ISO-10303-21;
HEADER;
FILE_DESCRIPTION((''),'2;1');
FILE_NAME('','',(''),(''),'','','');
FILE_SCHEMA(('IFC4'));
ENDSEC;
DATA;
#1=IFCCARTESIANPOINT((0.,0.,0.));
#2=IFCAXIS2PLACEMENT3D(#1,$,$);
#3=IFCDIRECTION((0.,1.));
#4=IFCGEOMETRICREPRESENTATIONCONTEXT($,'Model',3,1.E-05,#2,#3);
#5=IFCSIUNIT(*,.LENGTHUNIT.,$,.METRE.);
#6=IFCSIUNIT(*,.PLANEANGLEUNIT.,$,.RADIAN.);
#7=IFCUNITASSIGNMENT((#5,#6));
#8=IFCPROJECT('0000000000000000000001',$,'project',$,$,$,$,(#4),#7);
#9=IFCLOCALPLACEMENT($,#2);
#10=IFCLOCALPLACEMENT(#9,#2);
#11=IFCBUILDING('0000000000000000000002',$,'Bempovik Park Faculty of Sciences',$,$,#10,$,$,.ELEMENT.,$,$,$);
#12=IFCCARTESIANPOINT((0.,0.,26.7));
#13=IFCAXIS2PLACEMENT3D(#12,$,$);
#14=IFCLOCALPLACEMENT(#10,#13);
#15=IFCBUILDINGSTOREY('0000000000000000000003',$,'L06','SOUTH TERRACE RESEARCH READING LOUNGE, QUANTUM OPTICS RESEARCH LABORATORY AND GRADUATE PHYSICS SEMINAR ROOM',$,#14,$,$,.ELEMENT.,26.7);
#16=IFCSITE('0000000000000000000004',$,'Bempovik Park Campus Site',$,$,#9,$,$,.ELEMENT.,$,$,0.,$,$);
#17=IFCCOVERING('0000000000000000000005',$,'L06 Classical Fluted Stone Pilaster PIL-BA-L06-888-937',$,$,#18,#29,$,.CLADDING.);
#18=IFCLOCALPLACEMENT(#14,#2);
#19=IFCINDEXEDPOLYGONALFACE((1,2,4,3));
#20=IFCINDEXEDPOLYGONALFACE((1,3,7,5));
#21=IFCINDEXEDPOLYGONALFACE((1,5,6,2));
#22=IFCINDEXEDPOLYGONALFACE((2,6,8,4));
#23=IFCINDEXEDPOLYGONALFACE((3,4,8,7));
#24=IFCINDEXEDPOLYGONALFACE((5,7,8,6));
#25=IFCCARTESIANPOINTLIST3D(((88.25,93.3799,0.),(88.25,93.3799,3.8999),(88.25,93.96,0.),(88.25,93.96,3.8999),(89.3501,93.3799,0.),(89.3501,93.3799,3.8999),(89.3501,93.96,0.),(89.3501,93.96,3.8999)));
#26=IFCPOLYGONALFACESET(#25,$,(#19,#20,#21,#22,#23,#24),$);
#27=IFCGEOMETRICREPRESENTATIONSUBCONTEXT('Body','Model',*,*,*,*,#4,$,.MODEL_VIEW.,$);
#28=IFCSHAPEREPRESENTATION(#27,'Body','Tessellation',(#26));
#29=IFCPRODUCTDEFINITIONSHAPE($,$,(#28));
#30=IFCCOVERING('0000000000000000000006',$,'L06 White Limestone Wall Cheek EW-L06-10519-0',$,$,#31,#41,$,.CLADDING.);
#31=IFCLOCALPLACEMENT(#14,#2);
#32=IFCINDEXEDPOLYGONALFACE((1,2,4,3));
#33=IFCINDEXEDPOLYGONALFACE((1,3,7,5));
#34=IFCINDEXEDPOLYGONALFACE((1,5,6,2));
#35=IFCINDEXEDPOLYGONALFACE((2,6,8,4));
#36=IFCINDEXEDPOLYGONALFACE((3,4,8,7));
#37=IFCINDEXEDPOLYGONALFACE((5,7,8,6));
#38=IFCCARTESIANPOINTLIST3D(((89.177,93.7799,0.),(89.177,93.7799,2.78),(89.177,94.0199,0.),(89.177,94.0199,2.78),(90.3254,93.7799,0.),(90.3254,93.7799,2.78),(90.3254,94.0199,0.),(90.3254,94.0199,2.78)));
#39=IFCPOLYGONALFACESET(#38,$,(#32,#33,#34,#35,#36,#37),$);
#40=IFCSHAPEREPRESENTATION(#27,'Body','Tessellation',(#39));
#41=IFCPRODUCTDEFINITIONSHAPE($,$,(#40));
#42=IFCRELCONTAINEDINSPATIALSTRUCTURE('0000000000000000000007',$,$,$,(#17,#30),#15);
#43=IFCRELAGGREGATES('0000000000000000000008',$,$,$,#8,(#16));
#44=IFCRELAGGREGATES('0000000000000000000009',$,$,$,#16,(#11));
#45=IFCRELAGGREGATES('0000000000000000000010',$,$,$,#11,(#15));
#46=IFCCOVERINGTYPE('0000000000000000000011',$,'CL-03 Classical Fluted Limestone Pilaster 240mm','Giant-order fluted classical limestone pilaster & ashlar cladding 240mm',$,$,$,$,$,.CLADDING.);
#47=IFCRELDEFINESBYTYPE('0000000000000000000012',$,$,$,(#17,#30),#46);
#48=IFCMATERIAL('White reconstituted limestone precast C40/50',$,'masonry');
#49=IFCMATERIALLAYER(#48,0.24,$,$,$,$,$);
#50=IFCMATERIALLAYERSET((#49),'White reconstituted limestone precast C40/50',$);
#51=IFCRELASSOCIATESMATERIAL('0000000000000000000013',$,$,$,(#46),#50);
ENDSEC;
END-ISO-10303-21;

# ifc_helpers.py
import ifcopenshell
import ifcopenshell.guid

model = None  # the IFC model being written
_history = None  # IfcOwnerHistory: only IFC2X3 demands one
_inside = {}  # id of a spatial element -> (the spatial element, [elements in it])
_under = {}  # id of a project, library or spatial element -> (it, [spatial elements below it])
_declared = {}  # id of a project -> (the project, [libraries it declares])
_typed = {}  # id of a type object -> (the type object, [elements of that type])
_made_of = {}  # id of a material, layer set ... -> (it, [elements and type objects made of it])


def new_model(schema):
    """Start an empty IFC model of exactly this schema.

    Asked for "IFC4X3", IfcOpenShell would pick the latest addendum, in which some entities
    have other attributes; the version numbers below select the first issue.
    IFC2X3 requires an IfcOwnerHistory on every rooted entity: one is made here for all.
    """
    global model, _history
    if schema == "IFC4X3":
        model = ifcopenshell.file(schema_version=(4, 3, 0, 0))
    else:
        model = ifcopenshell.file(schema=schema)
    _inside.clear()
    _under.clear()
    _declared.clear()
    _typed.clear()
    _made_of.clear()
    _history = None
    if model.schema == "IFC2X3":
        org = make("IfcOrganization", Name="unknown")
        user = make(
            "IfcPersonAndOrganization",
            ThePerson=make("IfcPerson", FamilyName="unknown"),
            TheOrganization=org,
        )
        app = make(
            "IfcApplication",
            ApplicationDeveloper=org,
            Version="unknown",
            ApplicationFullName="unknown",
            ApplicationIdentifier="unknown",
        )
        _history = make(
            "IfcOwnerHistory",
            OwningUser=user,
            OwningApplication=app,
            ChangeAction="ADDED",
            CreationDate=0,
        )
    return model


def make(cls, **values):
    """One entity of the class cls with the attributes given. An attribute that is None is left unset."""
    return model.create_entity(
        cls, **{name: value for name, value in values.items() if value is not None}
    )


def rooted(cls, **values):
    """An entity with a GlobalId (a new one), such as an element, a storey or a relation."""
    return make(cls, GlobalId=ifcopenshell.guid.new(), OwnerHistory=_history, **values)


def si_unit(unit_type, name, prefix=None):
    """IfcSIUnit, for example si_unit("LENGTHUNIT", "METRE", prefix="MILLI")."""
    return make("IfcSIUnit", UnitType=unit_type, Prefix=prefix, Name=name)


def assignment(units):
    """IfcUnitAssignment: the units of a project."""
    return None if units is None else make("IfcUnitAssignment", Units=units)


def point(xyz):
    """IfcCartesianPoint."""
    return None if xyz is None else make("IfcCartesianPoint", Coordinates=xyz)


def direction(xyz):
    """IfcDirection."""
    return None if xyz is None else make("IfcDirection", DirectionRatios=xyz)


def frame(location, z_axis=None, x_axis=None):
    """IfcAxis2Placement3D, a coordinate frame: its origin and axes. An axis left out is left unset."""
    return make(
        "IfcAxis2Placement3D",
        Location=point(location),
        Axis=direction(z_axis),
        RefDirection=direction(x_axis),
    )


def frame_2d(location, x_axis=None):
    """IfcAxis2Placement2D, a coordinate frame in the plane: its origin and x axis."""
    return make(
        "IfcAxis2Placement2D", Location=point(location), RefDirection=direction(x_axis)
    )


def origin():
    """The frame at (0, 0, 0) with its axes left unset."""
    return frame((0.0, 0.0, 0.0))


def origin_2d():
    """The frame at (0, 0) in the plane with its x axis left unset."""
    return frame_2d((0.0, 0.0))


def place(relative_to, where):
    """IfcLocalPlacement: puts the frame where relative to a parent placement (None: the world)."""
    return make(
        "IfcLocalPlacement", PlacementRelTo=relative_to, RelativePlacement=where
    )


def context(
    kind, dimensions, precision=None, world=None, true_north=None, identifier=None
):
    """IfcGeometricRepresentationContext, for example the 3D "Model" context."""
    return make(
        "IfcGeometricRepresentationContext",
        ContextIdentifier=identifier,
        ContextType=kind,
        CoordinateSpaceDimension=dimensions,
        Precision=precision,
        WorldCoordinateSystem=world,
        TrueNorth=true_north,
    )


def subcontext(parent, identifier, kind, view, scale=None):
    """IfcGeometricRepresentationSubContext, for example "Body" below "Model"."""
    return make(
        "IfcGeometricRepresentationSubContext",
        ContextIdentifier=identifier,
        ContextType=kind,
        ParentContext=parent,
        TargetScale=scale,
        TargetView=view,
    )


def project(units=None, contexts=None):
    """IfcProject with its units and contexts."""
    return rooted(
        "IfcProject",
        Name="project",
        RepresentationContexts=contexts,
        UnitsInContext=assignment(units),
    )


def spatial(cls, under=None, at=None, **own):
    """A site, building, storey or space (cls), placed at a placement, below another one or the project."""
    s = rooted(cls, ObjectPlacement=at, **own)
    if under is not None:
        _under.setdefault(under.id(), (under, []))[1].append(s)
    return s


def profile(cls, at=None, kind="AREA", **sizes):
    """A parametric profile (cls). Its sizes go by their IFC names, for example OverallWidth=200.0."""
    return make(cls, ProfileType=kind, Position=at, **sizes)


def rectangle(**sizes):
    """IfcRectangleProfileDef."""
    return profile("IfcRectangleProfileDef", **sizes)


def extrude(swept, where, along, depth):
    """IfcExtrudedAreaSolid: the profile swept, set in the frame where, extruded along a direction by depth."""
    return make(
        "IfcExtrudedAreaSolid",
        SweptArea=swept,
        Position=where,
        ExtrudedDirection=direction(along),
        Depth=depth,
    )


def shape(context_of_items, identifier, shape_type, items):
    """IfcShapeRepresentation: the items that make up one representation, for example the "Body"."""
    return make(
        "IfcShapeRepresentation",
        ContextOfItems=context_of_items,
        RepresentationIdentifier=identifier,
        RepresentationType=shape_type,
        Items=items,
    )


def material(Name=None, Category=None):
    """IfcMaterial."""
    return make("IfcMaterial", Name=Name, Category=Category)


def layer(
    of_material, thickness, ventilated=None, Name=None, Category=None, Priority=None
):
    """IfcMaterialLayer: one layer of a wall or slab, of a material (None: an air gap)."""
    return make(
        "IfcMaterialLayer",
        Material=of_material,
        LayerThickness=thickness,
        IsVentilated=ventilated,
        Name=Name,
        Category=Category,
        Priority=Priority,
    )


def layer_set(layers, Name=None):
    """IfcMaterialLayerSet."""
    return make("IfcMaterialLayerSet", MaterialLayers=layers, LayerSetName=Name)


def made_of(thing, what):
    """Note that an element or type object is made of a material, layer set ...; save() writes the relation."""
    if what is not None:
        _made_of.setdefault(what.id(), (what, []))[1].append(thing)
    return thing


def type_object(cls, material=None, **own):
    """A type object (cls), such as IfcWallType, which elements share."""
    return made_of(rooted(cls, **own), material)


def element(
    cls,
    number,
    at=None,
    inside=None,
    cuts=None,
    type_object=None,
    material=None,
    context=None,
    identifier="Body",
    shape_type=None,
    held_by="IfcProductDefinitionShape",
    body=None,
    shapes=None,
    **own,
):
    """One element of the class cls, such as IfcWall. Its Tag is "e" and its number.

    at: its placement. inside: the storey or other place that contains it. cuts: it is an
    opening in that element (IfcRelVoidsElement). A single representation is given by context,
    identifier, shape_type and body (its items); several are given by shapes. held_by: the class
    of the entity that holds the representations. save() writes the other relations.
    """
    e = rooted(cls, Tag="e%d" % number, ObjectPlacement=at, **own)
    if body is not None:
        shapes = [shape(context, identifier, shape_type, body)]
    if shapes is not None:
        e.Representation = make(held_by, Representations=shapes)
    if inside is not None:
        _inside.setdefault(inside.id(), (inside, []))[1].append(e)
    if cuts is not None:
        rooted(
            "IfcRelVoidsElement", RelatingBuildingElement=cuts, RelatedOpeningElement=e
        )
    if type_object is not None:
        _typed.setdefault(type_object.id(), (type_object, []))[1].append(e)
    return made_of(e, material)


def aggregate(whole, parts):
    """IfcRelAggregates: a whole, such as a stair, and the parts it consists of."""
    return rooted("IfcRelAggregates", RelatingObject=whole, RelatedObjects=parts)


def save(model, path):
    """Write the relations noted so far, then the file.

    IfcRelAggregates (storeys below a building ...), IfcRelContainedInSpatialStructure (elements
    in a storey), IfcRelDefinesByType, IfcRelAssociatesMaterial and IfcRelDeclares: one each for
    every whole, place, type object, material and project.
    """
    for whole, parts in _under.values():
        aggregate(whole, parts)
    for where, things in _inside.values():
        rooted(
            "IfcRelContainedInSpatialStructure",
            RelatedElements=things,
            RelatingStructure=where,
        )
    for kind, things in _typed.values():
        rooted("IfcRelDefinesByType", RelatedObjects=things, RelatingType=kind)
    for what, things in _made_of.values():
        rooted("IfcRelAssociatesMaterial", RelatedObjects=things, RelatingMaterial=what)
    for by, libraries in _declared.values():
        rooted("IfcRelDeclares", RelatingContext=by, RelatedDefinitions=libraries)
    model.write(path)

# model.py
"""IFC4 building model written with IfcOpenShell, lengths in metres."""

from ifc_helpers import new_model, si_unit, direction, frame, origin, origin_2d, place, context, subcontext, project, spatial, rectangle, extrude, material, layer, layer_set, type_object, element, save


model = new_model("IFC4")

# Units and contexts
model_context = context("Model", 3, precision=1e-05, world=origin(), true_north=direction((0.0, 1.0)))
body_context = subcontext(model_context, "Body", "Model", "MODEL_VIEW")
ifc_project = project(units=[si_unit("LENGTHUNIT", "METRE"), si_unit("PLANEANGLEUNIT", "RADIAN")], contexts=[model_context])

# Site, building, storey
site_placement = place(None, origin())
site = spatial("IfcSite", under=ifc_project, at=site_placement, Name="Bempovik Park Campus Site", CompositionType="ELEMENT", RefElevation=0.0)
building_placement = place(site_placement, origin())
building = spatial("IfcBuilding", under=site, at=building_placement, Name="Bempovik Park Faculty of Sciences", CompositionType="ELEMENT")
storey_placement = place(building_placement, frame((0.0, 0.0, 26.7)))
storey = spatial("IfcBuildingStorey", under=building, at=storey_placement, Name="L06", Description="SOUTH TERRACE RESEARCH READING LOUNGE, QUANTUM OPTICS RESEARCH LABORATORY AND GRADUATE PHYSICS SEMINAR ROOM", CompositionType="ELEMENT", Elevation=26.7)

# Coverings
ifc_material_1 = material(Name="White reconstituted limestone precast C40/50", Category="masonry")
ifc_layer_1 = layer(ifc_material_1, 0.24)
ifc_layer_set_1 = layer_set([ifc_layer_1], Name="White reconstituted limestone precast C40/50")
covering_type = type_object("IfcCoveringType", Name="CL-03 Classical Fluted Limestone Pilaster 240mm", Description="Giant-order fluted classical limestone pilaster & ashlar cladding 240mm", PredefinedType="CLADDING", material=ifc_layer_set_1)
covering_1_placement = place(storey_placement, frame((88.8, 93.6699, 0.0), z_axis=(0.0, 0.0, 1.0), x_axis=(1.0, 0.0, 0.0)))
element("IfcCovering", 1, at=covering_1_placement, inside=storey, type_object=covering_type, Name="L06 Classical Fluted Stone Pilaster PIL-BA-L06-888-937", PredefinedType="CLADDING", context=body_context, shape_type="SweptSolid", body=[
    extrude(rectangle(XDim=1.1001, YDim=0.5801, at=origin_2d()), origin(), (0.0, 0.0, 1.0), 3.8999),
])
covering_2_placement = place(storey_placement, frame((89.7512, 93.8999, 0.0), z_axis=(0.0, 0.0, 1.0), x_axis=(1.0, 0.0, 0.0)))
element("IfcCovering", 2, at=covering_2_placement, inside=storey, type_object=covering_type, Name="L06 White Limestone Wall Cheek EW-L06-10519-0", PredefinedType="CLADDING", context=body_context, shape_type="SweptSolid", body=[
    extrude(rectangle(XDim=1.1484, YDim=0.24, at=origin_2d()), origin(), (0.0, 0.0, 1.0), 2.78),
])

save(model, "model.ifc")
